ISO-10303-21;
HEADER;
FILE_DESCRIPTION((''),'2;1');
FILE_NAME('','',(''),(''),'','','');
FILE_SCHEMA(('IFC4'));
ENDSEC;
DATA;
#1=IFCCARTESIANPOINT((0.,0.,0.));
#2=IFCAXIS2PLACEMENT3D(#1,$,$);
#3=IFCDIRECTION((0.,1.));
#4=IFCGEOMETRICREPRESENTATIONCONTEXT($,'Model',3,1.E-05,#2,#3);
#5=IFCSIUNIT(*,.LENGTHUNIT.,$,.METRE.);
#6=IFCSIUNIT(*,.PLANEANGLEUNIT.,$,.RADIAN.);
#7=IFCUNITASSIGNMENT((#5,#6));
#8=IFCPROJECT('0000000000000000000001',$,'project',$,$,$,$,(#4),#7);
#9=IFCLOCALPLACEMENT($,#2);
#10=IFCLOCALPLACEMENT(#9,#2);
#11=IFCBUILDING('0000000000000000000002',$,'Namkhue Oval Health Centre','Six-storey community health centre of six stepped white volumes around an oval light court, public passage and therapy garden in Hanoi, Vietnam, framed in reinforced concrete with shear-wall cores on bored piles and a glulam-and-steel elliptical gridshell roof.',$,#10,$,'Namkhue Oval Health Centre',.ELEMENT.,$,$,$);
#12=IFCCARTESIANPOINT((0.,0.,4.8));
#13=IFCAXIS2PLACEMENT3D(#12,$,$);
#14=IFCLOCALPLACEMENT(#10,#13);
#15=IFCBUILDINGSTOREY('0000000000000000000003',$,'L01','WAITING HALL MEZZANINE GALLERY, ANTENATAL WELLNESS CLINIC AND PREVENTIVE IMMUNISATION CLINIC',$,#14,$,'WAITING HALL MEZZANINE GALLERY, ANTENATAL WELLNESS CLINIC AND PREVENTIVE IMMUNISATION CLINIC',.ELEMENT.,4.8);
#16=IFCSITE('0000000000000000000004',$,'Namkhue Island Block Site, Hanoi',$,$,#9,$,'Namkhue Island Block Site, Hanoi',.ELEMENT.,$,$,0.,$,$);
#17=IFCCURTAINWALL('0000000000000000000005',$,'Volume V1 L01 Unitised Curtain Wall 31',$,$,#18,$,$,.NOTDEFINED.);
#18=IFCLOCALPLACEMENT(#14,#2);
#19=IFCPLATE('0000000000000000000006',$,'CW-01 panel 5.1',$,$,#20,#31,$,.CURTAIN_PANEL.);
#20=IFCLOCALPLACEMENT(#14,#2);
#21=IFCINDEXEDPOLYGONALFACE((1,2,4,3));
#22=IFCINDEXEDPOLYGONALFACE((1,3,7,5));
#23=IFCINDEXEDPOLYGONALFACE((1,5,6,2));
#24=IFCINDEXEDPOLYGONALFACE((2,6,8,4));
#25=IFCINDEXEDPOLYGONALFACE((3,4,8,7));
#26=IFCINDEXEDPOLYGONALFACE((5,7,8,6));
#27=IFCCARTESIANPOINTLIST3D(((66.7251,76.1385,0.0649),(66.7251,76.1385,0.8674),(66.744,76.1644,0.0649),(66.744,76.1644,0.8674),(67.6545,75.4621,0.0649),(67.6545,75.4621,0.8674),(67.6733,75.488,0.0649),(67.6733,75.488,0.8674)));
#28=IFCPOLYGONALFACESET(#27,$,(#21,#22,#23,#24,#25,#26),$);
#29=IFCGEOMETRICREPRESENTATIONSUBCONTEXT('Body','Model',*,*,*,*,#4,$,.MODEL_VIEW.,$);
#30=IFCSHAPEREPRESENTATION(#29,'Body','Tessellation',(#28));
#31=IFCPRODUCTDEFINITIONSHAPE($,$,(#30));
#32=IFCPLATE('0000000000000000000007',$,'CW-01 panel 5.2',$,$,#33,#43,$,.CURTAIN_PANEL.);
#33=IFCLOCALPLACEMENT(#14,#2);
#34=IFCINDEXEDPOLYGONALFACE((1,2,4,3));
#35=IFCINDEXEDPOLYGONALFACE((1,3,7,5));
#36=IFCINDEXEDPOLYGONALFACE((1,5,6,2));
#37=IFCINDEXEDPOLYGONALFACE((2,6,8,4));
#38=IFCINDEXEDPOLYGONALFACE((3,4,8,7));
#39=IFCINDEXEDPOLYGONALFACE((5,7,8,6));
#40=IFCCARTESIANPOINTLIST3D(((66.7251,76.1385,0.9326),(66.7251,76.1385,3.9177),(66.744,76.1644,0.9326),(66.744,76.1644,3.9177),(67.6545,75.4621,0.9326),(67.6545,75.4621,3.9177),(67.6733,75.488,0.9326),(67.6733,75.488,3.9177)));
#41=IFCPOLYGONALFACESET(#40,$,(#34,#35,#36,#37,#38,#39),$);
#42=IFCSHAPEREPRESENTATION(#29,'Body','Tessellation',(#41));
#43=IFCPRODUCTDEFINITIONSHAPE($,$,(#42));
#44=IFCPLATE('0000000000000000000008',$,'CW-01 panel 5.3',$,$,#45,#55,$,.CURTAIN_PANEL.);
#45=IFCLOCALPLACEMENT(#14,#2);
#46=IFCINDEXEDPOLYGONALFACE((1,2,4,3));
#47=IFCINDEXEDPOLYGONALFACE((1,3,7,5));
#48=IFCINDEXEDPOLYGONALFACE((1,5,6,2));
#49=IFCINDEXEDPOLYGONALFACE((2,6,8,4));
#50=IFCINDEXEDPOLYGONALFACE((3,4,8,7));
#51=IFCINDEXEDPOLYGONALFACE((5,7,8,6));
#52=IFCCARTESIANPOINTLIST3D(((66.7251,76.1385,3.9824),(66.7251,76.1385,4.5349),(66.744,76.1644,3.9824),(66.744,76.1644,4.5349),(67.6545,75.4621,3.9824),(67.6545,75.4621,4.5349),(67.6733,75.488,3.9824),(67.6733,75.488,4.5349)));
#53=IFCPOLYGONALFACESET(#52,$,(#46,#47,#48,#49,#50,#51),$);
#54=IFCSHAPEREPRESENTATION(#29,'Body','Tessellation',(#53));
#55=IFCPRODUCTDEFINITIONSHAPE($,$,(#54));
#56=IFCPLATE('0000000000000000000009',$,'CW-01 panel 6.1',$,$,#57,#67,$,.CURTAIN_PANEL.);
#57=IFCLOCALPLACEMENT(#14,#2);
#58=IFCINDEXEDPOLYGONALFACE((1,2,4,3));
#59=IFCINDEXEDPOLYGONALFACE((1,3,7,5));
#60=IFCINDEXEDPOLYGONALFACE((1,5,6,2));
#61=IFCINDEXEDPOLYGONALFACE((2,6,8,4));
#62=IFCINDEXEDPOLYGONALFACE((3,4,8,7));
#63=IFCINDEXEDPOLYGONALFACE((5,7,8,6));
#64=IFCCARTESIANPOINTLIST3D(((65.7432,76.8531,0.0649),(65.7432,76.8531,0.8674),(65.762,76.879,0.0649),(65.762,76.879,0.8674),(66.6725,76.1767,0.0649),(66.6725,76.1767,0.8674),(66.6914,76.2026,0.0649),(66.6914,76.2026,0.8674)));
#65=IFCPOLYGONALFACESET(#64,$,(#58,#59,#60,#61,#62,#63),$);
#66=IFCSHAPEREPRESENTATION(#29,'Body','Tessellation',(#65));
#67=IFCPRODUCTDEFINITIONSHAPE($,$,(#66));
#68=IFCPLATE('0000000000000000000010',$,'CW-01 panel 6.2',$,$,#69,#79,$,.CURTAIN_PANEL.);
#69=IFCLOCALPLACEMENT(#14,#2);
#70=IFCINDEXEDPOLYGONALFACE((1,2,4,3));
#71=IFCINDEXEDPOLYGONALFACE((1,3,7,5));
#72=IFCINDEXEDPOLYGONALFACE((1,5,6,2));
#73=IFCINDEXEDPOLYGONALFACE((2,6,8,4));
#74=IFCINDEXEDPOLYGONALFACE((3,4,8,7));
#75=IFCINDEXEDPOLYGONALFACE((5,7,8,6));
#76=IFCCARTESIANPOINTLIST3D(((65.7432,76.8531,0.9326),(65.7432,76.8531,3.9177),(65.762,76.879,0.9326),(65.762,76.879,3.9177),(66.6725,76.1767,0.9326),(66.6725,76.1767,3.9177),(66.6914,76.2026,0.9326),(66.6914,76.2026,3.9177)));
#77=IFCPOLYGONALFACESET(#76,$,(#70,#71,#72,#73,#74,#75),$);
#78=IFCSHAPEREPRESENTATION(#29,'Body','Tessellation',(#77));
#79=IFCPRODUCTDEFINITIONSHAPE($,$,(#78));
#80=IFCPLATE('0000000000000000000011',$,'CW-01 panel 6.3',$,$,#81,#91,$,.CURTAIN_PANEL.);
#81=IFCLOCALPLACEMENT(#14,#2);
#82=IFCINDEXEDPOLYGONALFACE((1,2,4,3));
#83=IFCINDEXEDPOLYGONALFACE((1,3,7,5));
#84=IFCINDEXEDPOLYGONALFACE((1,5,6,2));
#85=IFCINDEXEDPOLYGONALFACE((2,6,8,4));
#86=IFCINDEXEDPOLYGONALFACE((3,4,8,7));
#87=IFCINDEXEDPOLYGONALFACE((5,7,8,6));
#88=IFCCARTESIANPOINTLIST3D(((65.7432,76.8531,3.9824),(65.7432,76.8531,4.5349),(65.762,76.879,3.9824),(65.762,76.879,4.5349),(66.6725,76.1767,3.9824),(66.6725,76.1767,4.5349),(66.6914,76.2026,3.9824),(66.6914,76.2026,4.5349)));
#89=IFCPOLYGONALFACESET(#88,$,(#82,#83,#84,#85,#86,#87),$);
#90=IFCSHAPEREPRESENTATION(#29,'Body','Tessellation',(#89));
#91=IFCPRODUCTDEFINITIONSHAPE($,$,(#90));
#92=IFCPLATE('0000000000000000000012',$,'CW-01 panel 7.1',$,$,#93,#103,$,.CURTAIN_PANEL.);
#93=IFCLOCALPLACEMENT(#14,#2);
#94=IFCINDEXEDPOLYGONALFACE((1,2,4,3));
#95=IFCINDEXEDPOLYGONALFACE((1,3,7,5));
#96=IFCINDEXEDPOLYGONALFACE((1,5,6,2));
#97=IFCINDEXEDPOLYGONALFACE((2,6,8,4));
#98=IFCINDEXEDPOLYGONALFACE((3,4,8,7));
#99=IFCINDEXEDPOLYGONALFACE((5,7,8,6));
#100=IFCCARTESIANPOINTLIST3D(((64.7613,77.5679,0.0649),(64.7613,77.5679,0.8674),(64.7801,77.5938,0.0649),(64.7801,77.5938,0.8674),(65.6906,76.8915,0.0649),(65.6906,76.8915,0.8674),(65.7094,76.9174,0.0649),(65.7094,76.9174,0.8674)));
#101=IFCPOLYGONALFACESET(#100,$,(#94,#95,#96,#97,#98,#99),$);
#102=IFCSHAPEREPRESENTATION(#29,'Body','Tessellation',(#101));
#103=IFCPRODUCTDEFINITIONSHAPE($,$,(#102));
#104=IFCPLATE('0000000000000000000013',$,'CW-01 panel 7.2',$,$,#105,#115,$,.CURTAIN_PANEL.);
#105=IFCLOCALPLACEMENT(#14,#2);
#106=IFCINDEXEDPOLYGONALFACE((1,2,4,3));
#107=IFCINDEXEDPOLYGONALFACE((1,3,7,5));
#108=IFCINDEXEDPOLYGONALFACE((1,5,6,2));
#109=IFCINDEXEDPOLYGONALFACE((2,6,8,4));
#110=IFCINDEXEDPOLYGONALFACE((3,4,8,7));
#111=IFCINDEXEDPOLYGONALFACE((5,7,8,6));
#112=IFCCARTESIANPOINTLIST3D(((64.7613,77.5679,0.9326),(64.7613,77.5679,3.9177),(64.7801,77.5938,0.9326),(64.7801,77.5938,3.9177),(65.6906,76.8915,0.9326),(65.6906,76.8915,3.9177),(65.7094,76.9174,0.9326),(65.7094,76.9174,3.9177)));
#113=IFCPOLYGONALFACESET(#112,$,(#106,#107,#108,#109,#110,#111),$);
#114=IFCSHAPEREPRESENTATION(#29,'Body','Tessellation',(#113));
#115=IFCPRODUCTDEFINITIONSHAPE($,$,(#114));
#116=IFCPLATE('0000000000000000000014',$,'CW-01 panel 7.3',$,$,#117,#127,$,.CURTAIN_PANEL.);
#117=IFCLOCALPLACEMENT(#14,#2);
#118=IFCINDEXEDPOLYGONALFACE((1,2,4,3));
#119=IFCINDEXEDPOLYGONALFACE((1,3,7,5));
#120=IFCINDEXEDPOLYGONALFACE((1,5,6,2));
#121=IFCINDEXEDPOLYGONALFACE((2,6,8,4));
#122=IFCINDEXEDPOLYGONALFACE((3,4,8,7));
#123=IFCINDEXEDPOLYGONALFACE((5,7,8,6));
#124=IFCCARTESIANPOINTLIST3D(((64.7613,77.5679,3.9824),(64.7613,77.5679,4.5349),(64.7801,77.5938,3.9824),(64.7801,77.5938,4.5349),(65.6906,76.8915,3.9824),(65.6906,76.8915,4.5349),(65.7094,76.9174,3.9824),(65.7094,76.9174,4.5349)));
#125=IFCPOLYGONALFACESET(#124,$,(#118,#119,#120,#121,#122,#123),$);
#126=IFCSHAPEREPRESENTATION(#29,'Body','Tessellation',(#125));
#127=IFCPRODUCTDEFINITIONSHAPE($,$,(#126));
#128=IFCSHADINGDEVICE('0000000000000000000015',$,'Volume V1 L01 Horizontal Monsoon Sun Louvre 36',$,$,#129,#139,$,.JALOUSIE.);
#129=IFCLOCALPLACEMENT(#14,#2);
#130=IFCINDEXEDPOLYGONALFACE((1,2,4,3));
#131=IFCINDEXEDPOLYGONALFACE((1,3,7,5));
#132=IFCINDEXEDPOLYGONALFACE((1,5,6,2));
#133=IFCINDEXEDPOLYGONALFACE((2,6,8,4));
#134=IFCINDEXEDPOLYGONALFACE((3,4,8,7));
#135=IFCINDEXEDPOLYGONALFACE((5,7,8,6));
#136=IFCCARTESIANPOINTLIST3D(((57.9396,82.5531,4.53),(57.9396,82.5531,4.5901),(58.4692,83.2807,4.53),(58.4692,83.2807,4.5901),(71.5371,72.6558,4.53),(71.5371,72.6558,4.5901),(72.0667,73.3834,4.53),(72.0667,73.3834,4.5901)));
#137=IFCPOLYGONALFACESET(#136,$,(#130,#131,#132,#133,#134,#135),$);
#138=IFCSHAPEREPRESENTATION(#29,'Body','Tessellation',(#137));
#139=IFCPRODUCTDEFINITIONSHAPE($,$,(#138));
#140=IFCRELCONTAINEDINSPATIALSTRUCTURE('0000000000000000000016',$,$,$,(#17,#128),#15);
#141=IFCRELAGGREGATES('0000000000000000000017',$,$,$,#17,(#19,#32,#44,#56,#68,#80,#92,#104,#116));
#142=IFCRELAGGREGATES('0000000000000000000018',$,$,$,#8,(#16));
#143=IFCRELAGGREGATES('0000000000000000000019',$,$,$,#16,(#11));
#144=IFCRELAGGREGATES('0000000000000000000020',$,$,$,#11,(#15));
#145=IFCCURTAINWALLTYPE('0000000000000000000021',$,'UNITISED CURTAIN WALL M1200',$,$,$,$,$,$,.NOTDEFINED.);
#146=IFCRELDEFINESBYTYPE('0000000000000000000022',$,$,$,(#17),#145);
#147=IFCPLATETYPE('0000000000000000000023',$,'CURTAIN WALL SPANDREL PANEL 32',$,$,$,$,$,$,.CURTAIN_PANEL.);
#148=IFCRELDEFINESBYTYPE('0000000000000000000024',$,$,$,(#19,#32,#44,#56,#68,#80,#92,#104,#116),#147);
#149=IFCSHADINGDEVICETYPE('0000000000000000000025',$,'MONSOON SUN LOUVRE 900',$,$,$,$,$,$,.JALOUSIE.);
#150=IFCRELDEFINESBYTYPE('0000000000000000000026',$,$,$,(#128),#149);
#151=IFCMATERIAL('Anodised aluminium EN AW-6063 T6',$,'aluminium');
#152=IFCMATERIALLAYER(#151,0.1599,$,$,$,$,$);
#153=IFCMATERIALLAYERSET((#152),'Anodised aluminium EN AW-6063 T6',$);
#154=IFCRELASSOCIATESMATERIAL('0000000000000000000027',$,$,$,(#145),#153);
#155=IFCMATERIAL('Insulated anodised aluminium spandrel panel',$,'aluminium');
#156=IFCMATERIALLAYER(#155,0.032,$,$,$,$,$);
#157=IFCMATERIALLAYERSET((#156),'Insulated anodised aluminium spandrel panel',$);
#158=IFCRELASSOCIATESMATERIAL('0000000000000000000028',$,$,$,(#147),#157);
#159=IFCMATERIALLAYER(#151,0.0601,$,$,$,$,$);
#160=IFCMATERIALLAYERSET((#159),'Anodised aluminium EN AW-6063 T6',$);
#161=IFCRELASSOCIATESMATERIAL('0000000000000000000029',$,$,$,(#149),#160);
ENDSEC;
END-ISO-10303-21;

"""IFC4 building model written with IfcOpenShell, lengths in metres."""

from ifc_helpers import new_model, si_unit, direction, frame, origin, origin_2d, place, context, subcontext, project, spatial, rectangle, extrude, material, layer, layer_set, type_object, element, aggregate, save


model = new_model("IFC4")

# Units and contexts
model_context = context("Model", 3, precision=1e-05, world=origin(), true_north=direction((0.0, 1.0)))
body_context = subcontext(model_context, "Body", "Model", "MODEL_VIEW")
ifc_project = project(units=[si_unit("LENGTHUNIT", "METRE"), si_unit("PLANEANGLEUNIT", "RADIAN")], contexts=[model_context])

# Site, building, storey
site_placement = place(None, origin())
site = spatial("IfcSite", under=ifc_project, at=site_placement, Name="Namkhue Island Block Site, Hanoi", LongName="Namkhue Island Block Site, Hanoi", CompositionType="ELEMENT", RefElevation=0.0)
building_placement = place(site_placement, origin())
building = spatial("IfcBuilding", under=site, at=building_placement, Name="Namkhue Oval Health Centre", Description="Six-storey community health centre of six stepped white volumes around an oval light court, public passage and therapy garden in Hanoi, Vietnam, framed in reinforced concrete with shear-wall cores on bored piles and a glulam-and-steel elliptical gridshell roof.", LongName="Namkhue Oval Health Centre", CompositionType="ELEMENT")
storey_placement = place(building_placement, frame((0.0, 0.0, 4.8)))
storey = spatial("IfcBuildingStorey", under=building, at=storey_placement, Name="L01", Description="WAITING HALL MEZZANINE GALLERY, ANTENATAL WELLNESS CLINIC AND PREVENTIVE IMMUNISATION CLINIC", LongName="WAITING HALL MEZZANINE GALLERY, ANTENATAL WELLNESS CLINIC AND PREVENTIVE IMMUNISATION CLINIC", CompositionType="ELEMENT", Elevation=4.8)

# Curtain wall, plates
ifc_material_1 = material(Name="Anodised aluminium EN AW-6063 T6", Category="aluminium")
ifc_layer_1 = layer(ifc_material_1, 0.1599)
ifc_layer_set_1 = layer_set([ifc_layer_1], Name="Anodised aluminium EN AW-6063 T6")
curtain_wall_type = type_object("IfcCurtainWallType", Name="UNITISED CURTAIN WALL M1200", PredefinedType="NOTDEFINED", material=ifc_layer_set_1)
curtain_wall_placement = place(storey_placement, origin())
curtain_wall = element("IfcCurtainWall", 1, at=curtain_wall_placement, inside=storey, type_object=curtain_wall_type, Name="Volume V1 L01 Unitised Curtain Wall 31", PredefinedType="NOTDEFINED")
ifc_material_2 = material(Name="Insulated anodised aluminium spandrel panel", Category="aluminium")
ifc_layer_2 = layer(ifc_material_2, 0.032)
ifc_layer_set_2 = layer_set([ifc_layer_2], Name="Insulated anodised aluminium spandrel panel")
plate_type = type_object("IfcPlateType", Name="CURTAIN WALL SPANDREL PANEL 32", PredefinedType="CURTAIN_PANEL", material=ifc_layer_set_2)
plate_1_placement = place(storey_placement, frame((67.1992, 75.8132, 0.0649), z_axis=(0.0, 0.0, 1.0), x_axis=(-0.808514, 0.588477, 0.0)))
plate_1 = element("IfcPlate", 2, at=plate_1_placement, type_object=plate_type, Name="CW-01 panel 5.1", PredefinedType="CURTAIN_PANEL", context=body_context, shape_type="SweptSolid", body=[
    extrude(rectangle(XDim=1.1494, YDim=0.032, at=origin_2d()), origin(), (0.0, 0.0, 1.0), 0.8025),
])
plate_2_placement = place(storey_placement, frame((67.1992, 75.8132, 0.9326), z_axis=(0.0, 0.0, 1.0), x_axis=(-0.808514, 0.588477, 0.0)))
plate_2 = element("IfcPlate", 3, at=plate_2_placement, type_object=plate_type, Name="CW-01 panel 5.2", PredefinedType="CURTAIN_PANEL", context=body_context, shape_type="SweptSolid", body=[
    extrude(rectangle(XDim=1.1494, YDim=0.032, at=origin_2d()), origin(), (0.0, 0.0, 1.0), 2.9851),
])
plate_3_placement = place(storey_placement, frame((67.1992, 75.8132, 3.9824), z_axis=(0.0, 0.0, 1.0), x_axis=(-0.808514, 0.588477, 0.0)))
plate_3 = element("IfcPlate", 4, at=plate_3_placement, type_object=plate_type, Name="CW-01 panel 5.3", PredefinedType="CURTAIN_PANEL", context=body_context, shape_type="SweptSolid", body=[
    extrude(rectangle(XDim=1.1494, YDim=0.032, at=origin_2d()), origin(), (0.0, 0.0, 1.0), 0.5525),
])
plate_4_placement = place(storey_placement, frame((66.2173, 76.5278, 0.0649), z_axis=(0.0, 0.0, 1.0), x_axis=(-0.808514, 0.588477, 0.0)))
plate_4 = element("IfcPlate", 5, at=plate_4_placement, type_object=plate_type, Name="CW-01 panel 6.1", PredefinedType="CURTAIN_PANEL", context=body_context, shape_type="SweptSolid", body=[
    extrude(rectangle(XDim=1.1494, YDim=0.032, at=origin_2d()), origin(), (0.0, 0.0, 1.0), 0.8025),
])
plate_5_placement = place(storey_placement, frame((66.2173, 76.5278, 0.9326), z_axis=(0.0, 0.0, 1.0), x_axis=(-0.808514, 0.588477, 0.0)))
plate_5 = element("IfcPlate", 6, at=plate_5_placement, type_object=plate_type, Name="CW-01 panel 6.2", PredefinedType="CURTAIN_PANEL", context=body_context, shape_type="SweptSolid", body=[
    extrude(rectangle(XDim=1.1494, YDim=0.032, at=origin_2d()), origin(), (0.0, 0.0, 1.0), 2.9851),
])
plate_6_placement = place(storey_placement, frame((66.2173, 76.5278, 3.9824), z_axis=(0.0, 0.0, 1.0), x_axis=(-0.808514, 0.588477, 0.0)))
plate_6 = element("IfcPlate", 7, at=plate_6_placement, type_object=plate_type, Name="CW-01 panel 6.3", PredefinedType="CURTAIN_PANEL", context=body_context, shape_type="SweptSolid", body=[
    extrude(rectangle(XDim=1.1494, YDim=0.032, at=origin_2d()), origin(), (0.0, 0.0, 1.0), 0.5525),
])
plate_7_placement = place(storey_placement, frame((65.2354, 77.2427, 0.0649), z_axis=(0.0, 0.0, 1.0), x_axis=(-0.808514, 0.588477, 0.0)))
plate_7 = element("IfcPlate", 8, at=plate_7_placement, type_object=plate_type, Name="CW-01 panel 7.1", PredefinedType="CURTAIN_PANEL", context=body_context, shape_type="SweptSolid", body=[
    extrude(rectangle(XDim=1.1494, YDim=0.032, at=origin_2d()), origin(), (0.0, 0.0, 1.0), 0.8025),
])
plate_8_placement = place(storey_placement, frame((65.2354, 77.2427, 0.9326), z_axis=(0.0, 0.0, 1.0), x_axis=(-0.808514, 0.588477, 0.0)))
plate_8 = element("IfcPlate", 9, at=plate_8_placement, type_object=plate_type, Name="CW-01 panel 7.2", PredefinedType="CURTAIN_PANEL", context=body_context, shape_type="SweptSolid", body=[
    extrude(rectangle(XDim=1.1494, YDim=0.032, at=origin_2d()), origin(), (0.0, 0.0, 1.0), 2.9851),
])
plate_9_placement = place(storey_placement, frame((65.2354, 77.2427, 3.9824), z_axis=(0.0, 0.0, 1.0), x_axis=(-0.808514, 0.588477, 0.0)))
plate_9 = element("IfcPlate", 10, at=plate_9_placement, type_object=plate_type, Name="CW-01 panel 7.3", PredefinedType="CURTAIN_PANEL", context=body_context, shape_type="SweptSolid", body=[
    extrude(rectangle(XDim=1.1494, YDim=0.032, at=origin_2d()), origin(), (0.0, 0.0, 1.0), 0.5525),
])
aggregate(curtain_wall, [plate_1, plate_2, plate_3, plate_4, plate_5, plate_6, plate_7, plate_8, plate_9])

# Shading device
ifc_layer_3 = layer(ifc_material_1, 0.0601)
ifc_layer_set_3 = layer_set([ifc_layer_3], Name="Anodised aluminium EN AW-6063 T6")
shading_device_type = type_object("IfcShadingDeviceType", Name="MONSOON SUN LOUVRE 900", PredefinedType="JALOUSIE", material=ifc_layer_set_3)
shading_device_placement = place(storey_placement, frame((65.0032, 77.9683, 4.53), z_axis=(0.0, 0.0, 1.0), x_axis=(-0.808504, 0.588491, 0.0)))
element("IfcShadingDevice", 11, at=shading_device_placement, inside=storey, type_object=shading_device_type, Name="Volume V1 L01 Horizontal Monsoon Sun Louvre 36", PredefinedType="JALOUSIE", context=body_context, shape_type="SweptSolid", body=[
    extrude(rectangle(XDim=16.8181, YDim=0.8999, at=origin_2d()), origin(), (0.0, 0.0, 1.0), 0.0601),
])

save(model, "model.ifc")
